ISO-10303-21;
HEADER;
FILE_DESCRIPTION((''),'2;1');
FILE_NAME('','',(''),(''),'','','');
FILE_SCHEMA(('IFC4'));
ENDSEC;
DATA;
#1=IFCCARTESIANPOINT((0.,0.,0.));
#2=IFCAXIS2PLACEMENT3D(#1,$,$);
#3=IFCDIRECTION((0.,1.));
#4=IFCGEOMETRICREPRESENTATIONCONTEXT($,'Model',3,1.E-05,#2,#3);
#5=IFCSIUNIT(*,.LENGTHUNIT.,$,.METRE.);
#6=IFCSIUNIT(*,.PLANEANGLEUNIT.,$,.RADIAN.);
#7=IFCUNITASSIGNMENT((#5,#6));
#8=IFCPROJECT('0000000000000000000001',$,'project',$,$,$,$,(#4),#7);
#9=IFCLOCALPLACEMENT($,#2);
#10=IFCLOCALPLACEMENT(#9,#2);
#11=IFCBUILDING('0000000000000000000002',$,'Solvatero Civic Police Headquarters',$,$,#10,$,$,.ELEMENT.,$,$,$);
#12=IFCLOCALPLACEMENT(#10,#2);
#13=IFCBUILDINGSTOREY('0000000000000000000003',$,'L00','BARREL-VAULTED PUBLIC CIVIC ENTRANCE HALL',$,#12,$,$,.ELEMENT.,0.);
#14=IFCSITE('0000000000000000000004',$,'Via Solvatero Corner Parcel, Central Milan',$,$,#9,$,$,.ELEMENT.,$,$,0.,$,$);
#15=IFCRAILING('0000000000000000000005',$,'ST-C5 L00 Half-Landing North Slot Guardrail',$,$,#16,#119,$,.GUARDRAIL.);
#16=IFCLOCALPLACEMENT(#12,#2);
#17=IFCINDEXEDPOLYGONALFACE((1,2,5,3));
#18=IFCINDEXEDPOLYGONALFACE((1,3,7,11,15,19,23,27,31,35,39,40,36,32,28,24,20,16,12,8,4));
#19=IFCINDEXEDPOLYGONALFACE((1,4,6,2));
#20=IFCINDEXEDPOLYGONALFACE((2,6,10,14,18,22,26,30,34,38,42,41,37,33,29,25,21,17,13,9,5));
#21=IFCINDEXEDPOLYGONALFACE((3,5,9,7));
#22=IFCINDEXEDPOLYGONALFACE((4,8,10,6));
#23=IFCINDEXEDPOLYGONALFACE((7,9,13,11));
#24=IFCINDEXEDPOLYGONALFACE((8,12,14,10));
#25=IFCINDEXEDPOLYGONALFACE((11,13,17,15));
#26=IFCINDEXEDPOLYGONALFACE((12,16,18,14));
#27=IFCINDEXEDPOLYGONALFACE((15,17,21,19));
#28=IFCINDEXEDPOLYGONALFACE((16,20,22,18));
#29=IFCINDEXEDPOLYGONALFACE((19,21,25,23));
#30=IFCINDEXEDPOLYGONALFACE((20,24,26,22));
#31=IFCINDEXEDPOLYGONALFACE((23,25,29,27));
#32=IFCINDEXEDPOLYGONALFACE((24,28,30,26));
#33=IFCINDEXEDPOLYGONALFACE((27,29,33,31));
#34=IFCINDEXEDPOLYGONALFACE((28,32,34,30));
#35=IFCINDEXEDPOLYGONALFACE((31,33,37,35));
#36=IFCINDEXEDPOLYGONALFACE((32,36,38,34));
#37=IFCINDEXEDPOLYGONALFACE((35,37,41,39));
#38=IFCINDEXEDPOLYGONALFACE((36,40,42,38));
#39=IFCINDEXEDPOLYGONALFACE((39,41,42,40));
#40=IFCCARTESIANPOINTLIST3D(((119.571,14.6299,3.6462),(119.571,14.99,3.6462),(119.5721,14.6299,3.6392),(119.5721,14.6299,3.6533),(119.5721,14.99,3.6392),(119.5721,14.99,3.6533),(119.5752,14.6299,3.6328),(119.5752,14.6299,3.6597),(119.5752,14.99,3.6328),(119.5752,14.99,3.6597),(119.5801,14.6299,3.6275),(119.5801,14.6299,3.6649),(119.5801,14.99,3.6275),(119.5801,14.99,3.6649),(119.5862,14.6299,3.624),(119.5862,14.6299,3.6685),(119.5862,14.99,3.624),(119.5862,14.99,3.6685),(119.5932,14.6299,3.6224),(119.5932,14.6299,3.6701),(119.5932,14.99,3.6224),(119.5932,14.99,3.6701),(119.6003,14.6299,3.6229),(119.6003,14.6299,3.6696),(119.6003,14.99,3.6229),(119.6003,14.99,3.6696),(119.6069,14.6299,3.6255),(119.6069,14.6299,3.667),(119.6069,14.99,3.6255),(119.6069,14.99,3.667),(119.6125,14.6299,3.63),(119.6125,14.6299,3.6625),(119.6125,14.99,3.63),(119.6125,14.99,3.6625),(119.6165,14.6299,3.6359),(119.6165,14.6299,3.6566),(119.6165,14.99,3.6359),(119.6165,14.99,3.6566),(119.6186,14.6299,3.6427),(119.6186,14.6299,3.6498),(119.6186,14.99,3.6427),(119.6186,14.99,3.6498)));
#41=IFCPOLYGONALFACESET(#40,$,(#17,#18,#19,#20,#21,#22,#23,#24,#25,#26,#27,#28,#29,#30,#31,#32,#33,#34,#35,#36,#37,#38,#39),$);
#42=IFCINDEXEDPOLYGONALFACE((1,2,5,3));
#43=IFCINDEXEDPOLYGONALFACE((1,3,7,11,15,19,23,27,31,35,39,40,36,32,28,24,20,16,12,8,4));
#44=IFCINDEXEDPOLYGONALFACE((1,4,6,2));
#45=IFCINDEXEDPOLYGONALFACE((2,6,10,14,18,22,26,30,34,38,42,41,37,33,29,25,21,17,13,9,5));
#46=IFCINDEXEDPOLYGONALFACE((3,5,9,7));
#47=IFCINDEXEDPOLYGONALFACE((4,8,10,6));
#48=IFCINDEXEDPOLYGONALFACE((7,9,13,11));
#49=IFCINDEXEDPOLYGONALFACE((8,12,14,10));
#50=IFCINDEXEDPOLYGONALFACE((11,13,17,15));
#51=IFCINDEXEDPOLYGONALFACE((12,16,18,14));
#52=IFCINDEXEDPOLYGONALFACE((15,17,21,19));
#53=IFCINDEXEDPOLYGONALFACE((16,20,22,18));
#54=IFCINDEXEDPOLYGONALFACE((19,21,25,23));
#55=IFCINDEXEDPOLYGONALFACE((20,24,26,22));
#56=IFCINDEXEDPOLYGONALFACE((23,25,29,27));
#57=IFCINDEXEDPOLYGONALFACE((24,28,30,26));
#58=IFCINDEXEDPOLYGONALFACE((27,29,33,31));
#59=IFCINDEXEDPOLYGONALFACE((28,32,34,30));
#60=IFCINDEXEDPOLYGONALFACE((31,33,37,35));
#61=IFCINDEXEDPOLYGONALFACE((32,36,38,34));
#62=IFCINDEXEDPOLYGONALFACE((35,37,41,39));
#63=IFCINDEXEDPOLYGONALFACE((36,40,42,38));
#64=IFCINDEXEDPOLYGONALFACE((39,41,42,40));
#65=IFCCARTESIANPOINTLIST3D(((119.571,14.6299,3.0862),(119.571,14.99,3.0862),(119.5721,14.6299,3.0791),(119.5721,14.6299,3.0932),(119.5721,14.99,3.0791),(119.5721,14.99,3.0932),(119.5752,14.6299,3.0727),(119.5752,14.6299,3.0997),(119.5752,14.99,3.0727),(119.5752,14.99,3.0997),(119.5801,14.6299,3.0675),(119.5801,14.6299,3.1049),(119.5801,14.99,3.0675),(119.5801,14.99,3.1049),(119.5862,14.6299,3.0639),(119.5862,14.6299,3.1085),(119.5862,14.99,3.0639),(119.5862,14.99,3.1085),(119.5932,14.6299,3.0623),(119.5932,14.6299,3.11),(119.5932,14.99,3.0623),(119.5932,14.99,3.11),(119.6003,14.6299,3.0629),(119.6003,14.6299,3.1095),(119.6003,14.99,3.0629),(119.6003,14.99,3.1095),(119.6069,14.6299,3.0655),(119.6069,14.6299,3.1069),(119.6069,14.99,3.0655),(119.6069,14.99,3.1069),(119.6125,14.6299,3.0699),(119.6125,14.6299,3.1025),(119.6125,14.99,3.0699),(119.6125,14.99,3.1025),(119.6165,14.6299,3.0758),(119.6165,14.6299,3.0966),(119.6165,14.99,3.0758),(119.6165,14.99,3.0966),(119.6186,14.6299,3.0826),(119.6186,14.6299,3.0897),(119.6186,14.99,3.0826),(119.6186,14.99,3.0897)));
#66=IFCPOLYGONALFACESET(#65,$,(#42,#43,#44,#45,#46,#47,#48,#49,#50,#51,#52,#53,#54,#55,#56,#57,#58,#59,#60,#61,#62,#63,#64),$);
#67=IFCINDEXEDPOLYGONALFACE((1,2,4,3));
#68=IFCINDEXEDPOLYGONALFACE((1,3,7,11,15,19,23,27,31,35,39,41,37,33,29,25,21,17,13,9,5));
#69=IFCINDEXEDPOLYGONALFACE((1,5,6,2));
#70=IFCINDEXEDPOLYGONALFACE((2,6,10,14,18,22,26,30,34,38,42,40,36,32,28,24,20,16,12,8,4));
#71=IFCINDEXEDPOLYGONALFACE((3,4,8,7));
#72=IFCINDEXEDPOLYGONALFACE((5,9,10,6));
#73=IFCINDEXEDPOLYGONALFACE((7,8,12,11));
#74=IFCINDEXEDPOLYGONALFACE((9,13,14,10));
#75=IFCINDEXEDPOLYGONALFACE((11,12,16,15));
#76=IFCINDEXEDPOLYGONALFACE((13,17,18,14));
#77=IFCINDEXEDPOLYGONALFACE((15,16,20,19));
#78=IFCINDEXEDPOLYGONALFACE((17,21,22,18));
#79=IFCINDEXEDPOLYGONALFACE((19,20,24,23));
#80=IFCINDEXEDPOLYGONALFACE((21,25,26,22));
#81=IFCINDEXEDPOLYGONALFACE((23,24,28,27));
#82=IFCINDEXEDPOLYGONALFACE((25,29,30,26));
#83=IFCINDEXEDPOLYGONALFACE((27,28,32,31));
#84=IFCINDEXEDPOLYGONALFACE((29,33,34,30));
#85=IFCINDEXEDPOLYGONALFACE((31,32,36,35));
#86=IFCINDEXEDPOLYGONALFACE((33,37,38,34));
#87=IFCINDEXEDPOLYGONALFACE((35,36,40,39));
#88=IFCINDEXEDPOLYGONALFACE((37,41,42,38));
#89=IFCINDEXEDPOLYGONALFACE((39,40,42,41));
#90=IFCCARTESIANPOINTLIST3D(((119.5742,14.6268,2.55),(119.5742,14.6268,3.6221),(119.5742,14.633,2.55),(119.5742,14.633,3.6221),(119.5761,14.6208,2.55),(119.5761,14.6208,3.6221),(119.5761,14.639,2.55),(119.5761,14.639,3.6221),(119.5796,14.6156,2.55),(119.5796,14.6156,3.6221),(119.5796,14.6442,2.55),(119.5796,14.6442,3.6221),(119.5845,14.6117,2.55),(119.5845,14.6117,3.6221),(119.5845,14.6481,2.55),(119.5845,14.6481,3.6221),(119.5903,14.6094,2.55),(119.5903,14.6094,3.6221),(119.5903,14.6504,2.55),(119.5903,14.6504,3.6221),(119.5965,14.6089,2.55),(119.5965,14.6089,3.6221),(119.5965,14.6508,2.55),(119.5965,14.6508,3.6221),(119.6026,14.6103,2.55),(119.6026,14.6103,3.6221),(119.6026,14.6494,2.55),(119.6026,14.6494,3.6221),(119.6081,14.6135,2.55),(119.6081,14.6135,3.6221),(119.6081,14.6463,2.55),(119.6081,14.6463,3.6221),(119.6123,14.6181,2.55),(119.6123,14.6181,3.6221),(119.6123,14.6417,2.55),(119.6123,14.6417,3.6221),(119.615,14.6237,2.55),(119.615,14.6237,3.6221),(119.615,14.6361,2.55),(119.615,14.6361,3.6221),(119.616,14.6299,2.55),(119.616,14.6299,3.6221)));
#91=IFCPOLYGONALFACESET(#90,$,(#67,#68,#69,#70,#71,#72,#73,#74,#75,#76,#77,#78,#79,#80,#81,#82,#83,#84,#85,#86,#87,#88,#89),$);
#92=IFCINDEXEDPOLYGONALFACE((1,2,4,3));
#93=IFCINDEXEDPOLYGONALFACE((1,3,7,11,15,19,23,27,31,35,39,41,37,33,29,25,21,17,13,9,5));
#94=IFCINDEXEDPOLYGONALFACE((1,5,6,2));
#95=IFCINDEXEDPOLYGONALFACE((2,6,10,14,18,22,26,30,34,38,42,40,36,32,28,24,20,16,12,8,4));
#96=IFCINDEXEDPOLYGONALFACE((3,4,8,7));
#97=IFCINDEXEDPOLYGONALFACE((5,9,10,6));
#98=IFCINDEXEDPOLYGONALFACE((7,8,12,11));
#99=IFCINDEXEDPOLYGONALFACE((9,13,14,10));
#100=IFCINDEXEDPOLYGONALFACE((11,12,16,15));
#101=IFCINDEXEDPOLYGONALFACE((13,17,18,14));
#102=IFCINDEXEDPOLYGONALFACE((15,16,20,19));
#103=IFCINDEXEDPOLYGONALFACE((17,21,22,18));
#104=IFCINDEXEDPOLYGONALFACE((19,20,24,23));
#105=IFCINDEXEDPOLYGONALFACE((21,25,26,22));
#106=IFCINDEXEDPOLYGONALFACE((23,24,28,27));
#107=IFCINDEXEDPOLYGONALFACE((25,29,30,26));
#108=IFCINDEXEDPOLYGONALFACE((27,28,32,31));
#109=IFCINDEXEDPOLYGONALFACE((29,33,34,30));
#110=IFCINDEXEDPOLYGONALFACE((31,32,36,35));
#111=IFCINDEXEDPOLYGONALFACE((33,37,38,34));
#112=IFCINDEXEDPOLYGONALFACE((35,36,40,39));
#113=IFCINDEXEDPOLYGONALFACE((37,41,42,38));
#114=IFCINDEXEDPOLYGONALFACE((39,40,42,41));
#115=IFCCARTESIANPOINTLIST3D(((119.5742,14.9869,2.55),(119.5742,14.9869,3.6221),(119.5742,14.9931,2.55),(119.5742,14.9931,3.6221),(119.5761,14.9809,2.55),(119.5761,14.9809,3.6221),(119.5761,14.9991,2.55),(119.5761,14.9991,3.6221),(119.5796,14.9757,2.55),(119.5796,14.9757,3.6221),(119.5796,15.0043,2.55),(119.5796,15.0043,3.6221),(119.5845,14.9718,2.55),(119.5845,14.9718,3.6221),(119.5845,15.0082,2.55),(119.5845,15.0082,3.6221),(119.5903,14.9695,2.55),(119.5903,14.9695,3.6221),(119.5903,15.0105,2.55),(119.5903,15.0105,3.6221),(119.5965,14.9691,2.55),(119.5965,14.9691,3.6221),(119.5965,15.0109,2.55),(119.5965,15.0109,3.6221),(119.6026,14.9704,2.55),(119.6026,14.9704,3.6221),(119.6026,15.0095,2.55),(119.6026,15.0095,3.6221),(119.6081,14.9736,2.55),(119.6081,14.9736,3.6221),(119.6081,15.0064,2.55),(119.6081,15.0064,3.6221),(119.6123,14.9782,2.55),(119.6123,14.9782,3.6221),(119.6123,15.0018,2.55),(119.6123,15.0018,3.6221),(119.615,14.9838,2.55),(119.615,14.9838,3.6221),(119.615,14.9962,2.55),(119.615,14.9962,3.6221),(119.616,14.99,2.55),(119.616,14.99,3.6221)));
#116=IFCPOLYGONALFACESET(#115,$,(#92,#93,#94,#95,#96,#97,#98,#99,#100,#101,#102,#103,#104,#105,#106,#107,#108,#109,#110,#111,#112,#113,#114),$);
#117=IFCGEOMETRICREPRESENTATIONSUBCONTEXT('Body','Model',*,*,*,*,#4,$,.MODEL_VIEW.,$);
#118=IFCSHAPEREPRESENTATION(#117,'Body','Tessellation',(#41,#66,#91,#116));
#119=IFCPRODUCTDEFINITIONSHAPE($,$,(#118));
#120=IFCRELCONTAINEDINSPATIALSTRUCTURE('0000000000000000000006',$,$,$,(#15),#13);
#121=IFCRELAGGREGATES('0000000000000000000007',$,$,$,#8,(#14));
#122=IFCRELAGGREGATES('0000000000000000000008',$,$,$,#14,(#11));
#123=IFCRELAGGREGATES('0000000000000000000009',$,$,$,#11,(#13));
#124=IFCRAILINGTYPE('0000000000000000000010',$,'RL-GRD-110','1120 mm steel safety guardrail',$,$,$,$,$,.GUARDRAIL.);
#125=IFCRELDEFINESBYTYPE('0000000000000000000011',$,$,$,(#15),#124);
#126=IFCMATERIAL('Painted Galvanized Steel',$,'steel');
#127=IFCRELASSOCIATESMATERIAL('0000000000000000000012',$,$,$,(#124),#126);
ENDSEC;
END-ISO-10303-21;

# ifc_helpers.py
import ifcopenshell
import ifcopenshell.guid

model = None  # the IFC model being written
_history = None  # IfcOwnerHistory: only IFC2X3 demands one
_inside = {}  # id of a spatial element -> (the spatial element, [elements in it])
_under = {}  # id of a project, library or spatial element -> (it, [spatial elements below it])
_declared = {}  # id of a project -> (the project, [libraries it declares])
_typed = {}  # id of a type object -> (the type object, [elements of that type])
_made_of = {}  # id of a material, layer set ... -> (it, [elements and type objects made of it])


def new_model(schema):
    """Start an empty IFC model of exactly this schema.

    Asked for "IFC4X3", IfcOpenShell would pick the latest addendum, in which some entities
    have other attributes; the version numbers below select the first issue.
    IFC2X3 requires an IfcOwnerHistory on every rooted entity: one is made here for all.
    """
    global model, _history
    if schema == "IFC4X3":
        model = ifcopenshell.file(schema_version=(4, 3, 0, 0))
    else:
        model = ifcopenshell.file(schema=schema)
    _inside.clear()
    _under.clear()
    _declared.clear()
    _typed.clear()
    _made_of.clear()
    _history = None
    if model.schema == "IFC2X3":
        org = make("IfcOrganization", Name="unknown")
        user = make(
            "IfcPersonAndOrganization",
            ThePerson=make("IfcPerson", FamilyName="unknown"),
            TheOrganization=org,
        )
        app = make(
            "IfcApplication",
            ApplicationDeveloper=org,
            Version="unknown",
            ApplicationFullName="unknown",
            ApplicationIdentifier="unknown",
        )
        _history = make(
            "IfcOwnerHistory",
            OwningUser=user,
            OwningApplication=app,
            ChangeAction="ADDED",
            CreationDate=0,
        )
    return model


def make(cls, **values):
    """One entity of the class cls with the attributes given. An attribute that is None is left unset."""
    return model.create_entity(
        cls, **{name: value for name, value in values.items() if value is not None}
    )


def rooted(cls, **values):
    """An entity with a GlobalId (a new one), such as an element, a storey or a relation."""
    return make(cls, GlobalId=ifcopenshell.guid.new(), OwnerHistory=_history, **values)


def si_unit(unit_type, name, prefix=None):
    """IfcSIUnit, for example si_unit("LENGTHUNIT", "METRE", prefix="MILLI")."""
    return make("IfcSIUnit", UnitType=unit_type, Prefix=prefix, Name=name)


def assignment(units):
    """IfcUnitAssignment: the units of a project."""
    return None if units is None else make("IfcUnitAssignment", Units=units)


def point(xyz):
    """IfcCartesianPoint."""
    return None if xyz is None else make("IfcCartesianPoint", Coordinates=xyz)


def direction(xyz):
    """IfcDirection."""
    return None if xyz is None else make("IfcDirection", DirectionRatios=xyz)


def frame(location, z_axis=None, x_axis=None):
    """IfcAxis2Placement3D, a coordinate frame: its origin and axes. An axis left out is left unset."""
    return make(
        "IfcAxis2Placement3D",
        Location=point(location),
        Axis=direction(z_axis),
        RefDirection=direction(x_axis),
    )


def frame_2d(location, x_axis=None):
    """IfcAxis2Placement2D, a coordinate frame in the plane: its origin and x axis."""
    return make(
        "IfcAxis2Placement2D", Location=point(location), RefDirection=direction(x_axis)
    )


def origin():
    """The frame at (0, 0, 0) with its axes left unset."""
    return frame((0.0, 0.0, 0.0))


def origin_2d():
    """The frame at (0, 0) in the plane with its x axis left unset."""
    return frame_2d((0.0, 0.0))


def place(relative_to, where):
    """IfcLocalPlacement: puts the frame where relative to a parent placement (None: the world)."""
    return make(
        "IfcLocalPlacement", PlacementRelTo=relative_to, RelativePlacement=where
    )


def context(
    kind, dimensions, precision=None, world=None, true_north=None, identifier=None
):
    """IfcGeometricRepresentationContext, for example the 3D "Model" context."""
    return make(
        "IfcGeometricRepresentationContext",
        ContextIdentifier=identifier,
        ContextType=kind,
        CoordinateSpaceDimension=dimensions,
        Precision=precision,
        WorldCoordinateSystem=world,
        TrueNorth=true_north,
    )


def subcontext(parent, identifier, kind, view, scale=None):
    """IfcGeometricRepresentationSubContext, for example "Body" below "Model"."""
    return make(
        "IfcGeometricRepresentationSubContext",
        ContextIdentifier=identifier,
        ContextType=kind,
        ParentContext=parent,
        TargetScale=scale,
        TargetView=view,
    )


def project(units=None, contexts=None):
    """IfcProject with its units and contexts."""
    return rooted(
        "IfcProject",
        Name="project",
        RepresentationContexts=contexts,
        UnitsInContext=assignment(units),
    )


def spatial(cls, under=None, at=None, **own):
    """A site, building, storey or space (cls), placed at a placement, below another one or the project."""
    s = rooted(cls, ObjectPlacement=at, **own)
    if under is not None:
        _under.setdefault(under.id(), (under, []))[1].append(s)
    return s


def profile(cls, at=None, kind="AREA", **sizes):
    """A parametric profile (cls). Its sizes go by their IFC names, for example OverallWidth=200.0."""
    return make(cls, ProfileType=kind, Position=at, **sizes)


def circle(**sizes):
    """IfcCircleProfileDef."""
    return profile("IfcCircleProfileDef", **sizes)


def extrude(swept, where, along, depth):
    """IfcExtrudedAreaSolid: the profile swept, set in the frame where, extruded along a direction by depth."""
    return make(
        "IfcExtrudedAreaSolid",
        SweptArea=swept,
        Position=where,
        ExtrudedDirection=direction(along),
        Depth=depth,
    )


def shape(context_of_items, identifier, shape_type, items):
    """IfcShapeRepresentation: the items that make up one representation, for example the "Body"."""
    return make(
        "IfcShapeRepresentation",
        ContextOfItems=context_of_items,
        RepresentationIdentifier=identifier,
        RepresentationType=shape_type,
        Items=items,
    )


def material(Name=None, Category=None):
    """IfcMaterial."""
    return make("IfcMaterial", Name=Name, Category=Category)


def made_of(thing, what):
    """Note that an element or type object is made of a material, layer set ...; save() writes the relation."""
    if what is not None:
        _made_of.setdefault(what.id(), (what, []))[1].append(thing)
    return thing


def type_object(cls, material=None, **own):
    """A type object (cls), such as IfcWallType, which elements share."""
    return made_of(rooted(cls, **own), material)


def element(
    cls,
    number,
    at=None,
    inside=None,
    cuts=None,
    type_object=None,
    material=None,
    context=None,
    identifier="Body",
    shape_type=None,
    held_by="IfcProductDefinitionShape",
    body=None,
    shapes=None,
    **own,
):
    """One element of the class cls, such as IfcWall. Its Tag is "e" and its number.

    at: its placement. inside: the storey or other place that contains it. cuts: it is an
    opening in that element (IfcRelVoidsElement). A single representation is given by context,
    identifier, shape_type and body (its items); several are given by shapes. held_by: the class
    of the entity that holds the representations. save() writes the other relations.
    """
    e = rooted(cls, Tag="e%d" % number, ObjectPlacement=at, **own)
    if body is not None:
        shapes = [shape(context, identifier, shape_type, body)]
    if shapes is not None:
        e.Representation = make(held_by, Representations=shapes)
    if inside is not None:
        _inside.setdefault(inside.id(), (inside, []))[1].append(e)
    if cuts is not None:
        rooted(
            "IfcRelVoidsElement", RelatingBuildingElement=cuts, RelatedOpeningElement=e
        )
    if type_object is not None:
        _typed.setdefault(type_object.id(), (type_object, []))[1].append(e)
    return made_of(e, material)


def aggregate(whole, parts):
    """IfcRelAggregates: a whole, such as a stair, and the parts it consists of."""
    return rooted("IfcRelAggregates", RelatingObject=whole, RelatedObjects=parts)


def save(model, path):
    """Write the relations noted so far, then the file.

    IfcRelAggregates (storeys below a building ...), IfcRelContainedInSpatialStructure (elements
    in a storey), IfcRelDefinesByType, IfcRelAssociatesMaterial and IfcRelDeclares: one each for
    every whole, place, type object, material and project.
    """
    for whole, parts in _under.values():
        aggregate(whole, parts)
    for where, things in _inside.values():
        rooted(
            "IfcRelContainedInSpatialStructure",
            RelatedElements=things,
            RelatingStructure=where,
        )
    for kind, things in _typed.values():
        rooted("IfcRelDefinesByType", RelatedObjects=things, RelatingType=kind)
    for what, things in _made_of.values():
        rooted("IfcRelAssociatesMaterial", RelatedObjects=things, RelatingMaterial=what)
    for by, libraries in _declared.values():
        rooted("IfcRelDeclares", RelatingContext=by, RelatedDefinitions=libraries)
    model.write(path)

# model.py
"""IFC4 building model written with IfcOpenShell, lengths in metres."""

from ifc_helpers import new_model, si_unit, direction, frame, origin, origin_2d, place, context, subcontext, project, spatial, circle, extrude, material, type_object, element, save


model = new_model("IFC4")

# Units and contexts
model_context = context("Model", 3, precision=1e-05, world=origin(), true_north=direction((0.0, 1.0)))
body_context = subcontext(model_context, "Body", "Model", "MODEL_VIEW")
ifc_project = project(units=[si_unit("LENGTHUNIT", "METRE"), si_unit("PLANEANGLEUNIT", "RADIAN")], contexts=[model_context])

# Site, building, storey
site_placement = place(None, origin())
site = spatial("IfcSite", under=ifc_project, at=site_placement, Name="Via Solvatero Corner Parcel, Central Milan", CompositionType="ELEMENT", RefElevation=0.0)
building_placement = place(site_placement, origin())
building = spatial("IfcBuilding", under=site, at=building_placement, Name="Solvatero Civic Police Headquarters", CompositionType="ELEMENT")
storey_placement = place(building_placement, origin())
storey = spatial("IfcBuildingStorey", under=building, at=storey_placement, Name="L00", Description="BARREL-VAULTED PUBLIC CIVIC ENTRANCE HALL", CompositionType="ELEMENT", Elevation=0.0)

# Railing
ifc_material_1 = material(Name="Painted Galvanized Steel", Category="steel")
railing_type_1 = type_object("IfcRailingType", Name="RL-GRD-110", Description="1120 mm steel safety guardrail", PredefinedType="GUARDRAIL", material=ifc_material_1)
for number, where, name in (
    (1, (119.595, 14.6299, 2.55), "ST-C5 L00 Half-Landing North Slot Guardrail"),
):
    element("IfcRailing", number, at=place(storey_placement, frame(where)), inside=storey, type_object=railing_type_1, Name=name, PredefinedType="GUARDRAIL", context=body_context, shape_type="SweptSolid", body=[
        extrude(circle(Radius=0.0239, at=origin_2d()), frame((0.0, 0.0, 1.0962), z_axis=(0.0, 1.0, 0.0), x_axis=(-1.0, 0.0, 0.0)), (0.0, 0.0, 1.0), 0.3601),
        extrude(circle(Radius=0.0239, at=origin_2d()), frame((0.0, 0.0, 0.5361), z_axis=(0.0, 1.0, 0.0), x_axis=(-1.0, 0.0, 0.0)), (0.0, 0.0, 1.0), 0.3601),
        extrude(circle(Radius=0.021, at=origin_2d()), origin(), (0.0, 0.0, 1.0), 1.072),
        extrude(circle(Radius=0.021, at=origin_2d()), frame((0.0, 0.3601, 0.0)), (0.0, 0.0, 1.0), 1.072),
    ])

save(model, "model.ifc")
